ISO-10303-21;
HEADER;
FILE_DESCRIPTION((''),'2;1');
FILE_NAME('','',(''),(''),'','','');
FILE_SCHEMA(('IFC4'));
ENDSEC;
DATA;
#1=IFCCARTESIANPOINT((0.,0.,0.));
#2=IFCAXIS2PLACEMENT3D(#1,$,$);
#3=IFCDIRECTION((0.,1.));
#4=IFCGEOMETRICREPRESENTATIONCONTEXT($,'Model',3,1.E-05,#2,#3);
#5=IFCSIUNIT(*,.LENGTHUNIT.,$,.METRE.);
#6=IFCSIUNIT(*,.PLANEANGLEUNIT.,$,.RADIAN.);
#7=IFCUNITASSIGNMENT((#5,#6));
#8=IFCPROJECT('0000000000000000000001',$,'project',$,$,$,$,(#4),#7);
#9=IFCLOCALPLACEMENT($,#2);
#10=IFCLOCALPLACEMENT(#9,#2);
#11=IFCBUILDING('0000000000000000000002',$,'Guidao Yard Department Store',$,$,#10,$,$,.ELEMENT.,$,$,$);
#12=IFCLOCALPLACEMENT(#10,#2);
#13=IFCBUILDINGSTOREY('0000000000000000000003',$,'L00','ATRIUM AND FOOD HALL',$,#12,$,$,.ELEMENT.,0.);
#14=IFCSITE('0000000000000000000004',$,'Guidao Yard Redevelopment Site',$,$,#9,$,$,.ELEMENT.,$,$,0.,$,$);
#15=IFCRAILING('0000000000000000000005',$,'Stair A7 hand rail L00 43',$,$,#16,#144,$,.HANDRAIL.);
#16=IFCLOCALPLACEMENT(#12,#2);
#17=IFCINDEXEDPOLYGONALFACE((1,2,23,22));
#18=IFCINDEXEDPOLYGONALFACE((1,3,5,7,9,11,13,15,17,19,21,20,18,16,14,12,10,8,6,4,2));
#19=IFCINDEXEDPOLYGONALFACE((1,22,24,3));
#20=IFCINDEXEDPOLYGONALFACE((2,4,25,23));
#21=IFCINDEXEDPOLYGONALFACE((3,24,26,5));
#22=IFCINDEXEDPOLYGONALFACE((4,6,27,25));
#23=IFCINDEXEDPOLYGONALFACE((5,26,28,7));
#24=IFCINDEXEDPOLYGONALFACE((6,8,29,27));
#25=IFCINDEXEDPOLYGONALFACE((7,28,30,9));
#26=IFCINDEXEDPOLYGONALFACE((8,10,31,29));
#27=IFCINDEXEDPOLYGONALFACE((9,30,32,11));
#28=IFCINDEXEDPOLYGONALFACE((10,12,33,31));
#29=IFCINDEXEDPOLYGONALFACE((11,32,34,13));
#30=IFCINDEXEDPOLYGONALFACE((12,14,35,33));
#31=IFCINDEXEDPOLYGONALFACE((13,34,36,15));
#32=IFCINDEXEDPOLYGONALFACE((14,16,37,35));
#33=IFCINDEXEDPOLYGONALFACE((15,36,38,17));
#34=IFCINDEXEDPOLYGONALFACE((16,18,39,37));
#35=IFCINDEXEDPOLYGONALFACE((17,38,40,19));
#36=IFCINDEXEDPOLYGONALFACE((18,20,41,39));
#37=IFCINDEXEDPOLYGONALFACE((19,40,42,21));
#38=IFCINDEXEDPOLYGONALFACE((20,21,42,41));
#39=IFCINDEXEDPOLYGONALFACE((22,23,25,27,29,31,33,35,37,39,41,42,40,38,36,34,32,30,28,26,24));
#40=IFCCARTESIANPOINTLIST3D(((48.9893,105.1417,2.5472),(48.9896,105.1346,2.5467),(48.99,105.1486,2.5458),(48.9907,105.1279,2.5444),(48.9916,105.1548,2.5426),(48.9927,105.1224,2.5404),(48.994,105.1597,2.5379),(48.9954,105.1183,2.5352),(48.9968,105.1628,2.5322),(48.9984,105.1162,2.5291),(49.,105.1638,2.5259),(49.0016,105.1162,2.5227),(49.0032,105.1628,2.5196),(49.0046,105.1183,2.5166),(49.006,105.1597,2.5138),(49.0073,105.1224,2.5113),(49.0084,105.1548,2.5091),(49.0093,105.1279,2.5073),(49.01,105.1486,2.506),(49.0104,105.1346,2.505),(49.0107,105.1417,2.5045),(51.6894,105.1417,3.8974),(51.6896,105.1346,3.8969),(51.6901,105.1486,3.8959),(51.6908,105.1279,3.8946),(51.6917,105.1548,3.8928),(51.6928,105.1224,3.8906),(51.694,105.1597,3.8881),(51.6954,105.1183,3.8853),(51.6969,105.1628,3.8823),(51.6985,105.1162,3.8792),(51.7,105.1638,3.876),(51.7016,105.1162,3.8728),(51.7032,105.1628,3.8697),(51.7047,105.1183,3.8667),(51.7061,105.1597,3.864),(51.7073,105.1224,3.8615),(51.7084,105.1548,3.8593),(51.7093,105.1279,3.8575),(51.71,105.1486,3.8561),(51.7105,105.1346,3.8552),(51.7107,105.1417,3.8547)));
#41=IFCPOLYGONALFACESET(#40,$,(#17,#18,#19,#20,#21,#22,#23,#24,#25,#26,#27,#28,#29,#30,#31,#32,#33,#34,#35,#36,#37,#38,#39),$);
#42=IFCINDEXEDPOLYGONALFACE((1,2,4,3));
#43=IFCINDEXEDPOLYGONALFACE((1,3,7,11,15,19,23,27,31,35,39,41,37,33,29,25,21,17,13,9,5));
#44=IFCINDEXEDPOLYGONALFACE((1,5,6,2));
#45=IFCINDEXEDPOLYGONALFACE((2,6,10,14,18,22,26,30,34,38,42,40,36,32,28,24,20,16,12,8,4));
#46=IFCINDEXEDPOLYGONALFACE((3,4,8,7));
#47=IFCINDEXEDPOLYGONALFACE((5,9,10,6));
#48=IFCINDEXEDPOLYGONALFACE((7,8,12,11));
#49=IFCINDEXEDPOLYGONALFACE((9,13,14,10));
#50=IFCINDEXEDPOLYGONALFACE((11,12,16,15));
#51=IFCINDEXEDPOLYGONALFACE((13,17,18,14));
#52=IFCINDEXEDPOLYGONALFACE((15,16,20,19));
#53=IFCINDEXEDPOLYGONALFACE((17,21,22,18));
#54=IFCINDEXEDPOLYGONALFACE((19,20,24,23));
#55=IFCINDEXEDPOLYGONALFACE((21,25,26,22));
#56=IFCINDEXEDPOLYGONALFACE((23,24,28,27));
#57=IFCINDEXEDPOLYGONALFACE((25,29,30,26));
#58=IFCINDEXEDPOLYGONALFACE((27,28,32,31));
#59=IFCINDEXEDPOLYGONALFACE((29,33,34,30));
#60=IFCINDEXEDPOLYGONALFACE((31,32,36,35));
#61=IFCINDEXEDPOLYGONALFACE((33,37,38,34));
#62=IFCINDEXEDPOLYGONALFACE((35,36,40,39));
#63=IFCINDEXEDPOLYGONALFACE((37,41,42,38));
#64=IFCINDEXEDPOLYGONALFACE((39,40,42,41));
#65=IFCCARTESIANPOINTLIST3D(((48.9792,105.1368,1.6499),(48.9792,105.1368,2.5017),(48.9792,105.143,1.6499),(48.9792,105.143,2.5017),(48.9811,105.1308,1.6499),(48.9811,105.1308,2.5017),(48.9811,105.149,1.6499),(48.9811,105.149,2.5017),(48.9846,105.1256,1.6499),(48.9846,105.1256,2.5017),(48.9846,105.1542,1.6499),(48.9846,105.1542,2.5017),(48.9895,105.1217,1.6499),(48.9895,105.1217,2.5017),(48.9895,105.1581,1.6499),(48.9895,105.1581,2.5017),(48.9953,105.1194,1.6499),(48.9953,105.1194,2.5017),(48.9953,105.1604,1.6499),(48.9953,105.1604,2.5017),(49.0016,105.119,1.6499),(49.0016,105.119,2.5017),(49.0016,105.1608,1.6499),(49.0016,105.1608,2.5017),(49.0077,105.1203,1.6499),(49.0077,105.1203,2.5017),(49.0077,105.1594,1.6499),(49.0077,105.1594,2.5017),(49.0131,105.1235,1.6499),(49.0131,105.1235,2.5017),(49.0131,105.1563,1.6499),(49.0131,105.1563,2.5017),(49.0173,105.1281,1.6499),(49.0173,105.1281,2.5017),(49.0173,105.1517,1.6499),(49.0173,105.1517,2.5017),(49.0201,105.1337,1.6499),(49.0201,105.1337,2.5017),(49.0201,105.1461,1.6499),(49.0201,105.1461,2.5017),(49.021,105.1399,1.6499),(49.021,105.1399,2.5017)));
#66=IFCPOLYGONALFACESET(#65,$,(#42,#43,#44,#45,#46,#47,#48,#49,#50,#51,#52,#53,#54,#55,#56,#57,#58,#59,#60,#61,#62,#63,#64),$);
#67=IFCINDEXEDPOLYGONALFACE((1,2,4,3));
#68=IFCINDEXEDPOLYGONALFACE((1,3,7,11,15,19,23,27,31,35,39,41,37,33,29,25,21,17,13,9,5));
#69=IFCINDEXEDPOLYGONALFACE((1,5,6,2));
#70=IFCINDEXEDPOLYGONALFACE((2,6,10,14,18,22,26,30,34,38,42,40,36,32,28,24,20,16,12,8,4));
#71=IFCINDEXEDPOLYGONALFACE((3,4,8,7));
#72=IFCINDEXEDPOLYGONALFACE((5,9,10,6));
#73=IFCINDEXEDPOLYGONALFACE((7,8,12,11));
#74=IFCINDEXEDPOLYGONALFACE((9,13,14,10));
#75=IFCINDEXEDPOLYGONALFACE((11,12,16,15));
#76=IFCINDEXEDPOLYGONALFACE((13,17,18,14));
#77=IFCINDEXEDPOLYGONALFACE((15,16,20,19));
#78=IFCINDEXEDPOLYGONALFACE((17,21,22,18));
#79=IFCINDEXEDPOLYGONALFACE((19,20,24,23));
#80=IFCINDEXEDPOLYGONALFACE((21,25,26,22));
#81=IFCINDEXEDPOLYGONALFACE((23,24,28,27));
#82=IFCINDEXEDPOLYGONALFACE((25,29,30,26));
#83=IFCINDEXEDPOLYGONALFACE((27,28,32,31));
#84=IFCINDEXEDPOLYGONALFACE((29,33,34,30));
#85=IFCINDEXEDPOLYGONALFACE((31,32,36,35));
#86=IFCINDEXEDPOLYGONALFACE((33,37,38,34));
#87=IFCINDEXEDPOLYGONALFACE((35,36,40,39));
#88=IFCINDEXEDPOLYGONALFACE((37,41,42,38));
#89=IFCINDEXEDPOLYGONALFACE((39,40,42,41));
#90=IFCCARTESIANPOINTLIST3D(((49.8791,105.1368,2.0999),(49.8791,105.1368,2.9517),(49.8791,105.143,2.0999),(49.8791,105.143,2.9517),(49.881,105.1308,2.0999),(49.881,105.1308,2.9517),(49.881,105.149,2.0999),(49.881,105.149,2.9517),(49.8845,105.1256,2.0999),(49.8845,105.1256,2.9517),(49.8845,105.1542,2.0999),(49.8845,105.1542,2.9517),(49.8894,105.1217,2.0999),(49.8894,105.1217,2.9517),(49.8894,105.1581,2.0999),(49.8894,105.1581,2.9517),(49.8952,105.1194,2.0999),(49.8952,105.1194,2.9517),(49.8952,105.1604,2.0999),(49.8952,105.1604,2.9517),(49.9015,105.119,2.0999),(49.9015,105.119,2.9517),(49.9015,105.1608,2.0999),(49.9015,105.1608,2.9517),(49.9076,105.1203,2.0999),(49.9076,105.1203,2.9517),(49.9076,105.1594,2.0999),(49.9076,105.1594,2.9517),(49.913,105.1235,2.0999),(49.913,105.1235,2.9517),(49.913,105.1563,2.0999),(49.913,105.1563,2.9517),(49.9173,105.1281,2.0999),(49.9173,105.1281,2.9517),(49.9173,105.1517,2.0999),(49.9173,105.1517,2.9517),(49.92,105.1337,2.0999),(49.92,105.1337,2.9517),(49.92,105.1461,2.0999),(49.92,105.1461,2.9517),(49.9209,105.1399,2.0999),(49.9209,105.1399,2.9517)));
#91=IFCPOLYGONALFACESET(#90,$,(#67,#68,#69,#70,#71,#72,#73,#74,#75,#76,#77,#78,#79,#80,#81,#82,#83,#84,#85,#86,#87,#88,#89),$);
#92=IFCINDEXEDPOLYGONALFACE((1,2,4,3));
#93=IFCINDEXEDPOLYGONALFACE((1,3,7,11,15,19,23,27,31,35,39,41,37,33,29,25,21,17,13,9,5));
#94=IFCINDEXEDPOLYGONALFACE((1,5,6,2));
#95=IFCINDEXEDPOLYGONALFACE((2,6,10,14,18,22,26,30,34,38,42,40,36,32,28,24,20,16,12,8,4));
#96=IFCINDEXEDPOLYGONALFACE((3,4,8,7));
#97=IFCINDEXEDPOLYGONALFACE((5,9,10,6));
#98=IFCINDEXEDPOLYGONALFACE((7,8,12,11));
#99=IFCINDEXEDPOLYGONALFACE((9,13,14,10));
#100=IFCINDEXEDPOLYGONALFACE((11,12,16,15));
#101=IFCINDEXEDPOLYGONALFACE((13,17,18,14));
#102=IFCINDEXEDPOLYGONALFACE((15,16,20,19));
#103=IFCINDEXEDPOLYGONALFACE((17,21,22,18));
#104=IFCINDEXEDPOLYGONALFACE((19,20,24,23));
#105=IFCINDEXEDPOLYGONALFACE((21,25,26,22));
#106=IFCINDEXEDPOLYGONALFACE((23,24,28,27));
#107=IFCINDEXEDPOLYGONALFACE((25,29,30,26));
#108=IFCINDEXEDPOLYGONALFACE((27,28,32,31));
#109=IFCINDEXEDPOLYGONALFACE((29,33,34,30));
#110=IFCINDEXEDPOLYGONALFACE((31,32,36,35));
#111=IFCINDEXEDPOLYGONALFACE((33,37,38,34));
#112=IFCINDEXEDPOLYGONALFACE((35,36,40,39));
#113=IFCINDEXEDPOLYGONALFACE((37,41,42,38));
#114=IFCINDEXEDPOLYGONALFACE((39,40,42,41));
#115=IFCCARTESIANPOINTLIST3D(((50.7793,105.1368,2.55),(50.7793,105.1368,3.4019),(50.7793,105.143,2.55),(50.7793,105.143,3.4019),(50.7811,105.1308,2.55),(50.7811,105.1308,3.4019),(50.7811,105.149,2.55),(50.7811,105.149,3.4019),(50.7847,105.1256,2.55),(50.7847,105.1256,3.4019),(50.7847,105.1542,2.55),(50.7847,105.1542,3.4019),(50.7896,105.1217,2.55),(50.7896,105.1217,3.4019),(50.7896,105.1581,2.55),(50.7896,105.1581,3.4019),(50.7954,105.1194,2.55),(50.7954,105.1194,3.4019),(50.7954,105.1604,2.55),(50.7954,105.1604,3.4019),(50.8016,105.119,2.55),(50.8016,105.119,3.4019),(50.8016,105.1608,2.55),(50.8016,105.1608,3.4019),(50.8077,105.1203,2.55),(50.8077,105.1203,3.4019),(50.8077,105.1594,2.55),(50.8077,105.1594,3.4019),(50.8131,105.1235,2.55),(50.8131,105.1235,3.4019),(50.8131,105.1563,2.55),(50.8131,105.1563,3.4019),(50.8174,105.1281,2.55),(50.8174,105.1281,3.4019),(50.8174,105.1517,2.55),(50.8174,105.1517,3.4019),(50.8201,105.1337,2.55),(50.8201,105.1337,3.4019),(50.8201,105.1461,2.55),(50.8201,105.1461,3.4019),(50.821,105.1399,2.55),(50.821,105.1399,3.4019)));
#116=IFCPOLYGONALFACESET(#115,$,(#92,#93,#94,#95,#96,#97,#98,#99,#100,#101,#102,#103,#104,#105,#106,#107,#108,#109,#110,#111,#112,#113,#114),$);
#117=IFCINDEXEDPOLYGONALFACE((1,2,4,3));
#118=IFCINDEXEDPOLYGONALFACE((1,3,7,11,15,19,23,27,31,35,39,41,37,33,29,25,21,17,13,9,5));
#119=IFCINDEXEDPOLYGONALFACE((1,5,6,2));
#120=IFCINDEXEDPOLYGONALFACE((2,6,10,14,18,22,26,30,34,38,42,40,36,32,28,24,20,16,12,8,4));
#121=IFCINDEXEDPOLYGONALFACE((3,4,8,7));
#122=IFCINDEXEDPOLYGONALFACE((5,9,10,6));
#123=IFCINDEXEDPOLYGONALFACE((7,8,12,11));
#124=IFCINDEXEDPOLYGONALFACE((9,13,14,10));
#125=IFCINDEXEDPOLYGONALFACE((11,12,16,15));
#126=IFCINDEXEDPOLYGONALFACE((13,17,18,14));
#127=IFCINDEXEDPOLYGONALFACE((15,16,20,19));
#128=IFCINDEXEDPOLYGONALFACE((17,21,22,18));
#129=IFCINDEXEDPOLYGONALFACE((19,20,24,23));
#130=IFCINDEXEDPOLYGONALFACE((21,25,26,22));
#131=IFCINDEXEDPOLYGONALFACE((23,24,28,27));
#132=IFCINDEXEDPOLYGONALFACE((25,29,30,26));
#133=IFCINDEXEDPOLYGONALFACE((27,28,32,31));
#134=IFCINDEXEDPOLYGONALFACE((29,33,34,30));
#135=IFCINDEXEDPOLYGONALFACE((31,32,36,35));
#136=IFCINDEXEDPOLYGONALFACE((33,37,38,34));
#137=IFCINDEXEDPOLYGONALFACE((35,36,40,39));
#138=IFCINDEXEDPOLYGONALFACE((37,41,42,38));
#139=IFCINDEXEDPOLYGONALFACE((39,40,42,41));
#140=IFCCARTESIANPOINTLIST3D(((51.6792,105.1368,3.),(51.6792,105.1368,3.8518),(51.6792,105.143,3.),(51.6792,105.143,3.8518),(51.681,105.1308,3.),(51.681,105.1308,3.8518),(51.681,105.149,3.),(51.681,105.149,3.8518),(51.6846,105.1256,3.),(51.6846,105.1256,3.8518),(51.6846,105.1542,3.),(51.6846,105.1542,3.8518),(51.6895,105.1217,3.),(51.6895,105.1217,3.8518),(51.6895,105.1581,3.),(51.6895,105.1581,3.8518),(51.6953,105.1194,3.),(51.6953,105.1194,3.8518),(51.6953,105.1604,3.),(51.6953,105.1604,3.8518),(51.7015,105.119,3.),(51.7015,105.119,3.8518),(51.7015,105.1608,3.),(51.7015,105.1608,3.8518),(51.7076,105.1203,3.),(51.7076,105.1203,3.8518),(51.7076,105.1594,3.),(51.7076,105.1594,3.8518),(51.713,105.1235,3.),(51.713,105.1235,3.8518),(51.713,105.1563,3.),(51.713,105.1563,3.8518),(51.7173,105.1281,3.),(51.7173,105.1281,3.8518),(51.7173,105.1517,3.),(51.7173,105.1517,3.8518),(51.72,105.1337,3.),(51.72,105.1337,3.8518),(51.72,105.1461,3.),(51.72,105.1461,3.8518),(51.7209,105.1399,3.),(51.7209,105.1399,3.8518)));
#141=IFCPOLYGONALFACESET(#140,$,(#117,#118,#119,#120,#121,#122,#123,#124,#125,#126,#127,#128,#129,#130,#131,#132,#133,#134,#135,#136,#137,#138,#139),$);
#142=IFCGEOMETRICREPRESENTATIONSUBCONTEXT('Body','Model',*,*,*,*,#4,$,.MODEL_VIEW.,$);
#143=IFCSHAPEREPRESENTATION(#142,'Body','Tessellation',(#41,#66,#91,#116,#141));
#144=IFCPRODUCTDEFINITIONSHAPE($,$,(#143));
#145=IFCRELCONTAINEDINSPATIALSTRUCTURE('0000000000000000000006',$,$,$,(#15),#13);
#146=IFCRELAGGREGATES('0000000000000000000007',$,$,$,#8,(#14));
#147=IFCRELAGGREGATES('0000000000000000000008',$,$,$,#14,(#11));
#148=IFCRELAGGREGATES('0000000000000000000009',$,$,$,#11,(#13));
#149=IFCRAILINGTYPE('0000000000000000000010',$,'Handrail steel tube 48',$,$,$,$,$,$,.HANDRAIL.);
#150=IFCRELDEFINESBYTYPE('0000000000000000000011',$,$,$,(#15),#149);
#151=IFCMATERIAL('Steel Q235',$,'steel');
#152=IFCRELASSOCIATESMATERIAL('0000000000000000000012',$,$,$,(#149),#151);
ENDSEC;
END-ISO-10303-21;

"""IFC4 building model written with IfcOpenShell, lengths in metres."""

from ifc_helpers import new_model, si_unit, direction, frame, origin, origin_2d, place, context, subcontext, project, spatial, circle, extrude, material, type_object, element, save


model = new_model("IFC4")

# Units and contexts
model_context = context("Model", 3, precision=1e-05, world=origin(), true_north=direction((0.0, 1.0)))
body_context = subcontext(model_context, "Body", "Model", "MODEL_VIEW")
ifc_project = project(units=[si_unit("LENGTHUNIT", "METRE"), si_unit("PLANEANGLEUNIT", "RADIAN")], contexts=[model_context])

# Site, building, storey
site_placement = place(None, origin())
site = spatial("IfcSite", under=ifc_project, at=site_placement, Name="Guidao Yard Redevelopment Site", CompositionType="ELEMENT", RefElevation=0.0)
building_placement = place(site_placement, origin())
building = spatial("IfcBuilding", under=site, at=building_placement, Name="Guidao Yard Department Store", CompositionType="ELEMENT")
storey_placement = place(building_placement, origin())
storey = spatial("IfcBuildingStorey", under=building, at=storey_placement, Name="L00", Description="ATRIUM AND FOOD HALL", CompositionType="ELEMENT", Elevation=0.0)

# Railing
ifc_material_1 = material(Name="Steel Q235", Category="steel")
railing_type_1 = type_object("IfcRailingType", Name="Handrail steel tube 48", PredefinedType="HANDRAIL", material=ifc_material_1)
for number, where, name in (
    (1, (49.0, 105.1399, 1.6499), "Stair A7 hand rail L00 43"),
):
    element("IfcRailing", number, at=place(storey_placement, frame(where)), inside=storey, type_object=railing_type_1, Name=name, PredefinedType="HANDRAIL", context=body_context, shape_type="SweptSolid", body=[
        extrude(circle(Radius=0.0239, at=origin_2d()), frame((0.0, 0.0, 0.876), z_axis=(0.894411, 0.0, 0.447246), x_axis=(0.0, 1.0, 0.0)), (0.0, 0.0, 1.0), 3.0188),
        extrude(circle(Radius=0.021, at=origin_2d()), origin(), (0.0, 0.0, 1.0), 0.8518),
        extrude(circle(Radius=0.021, at=origin_2d()), frame((0.8999, 0.0, 0.45)), (0.0, 0.0, 1.0), 0.8518),
        extrude(circle(Radius=0.021, at=origin_2d()), frame((1.8, 0.0, 0.9001)), (0.0, 0.0, 1.0), 0.8518),
        extrude(circle(Radius=0.021, at=origin_2d()), frame((2.7, 0.0, 1.3501)), (0.0, 0.0, 1.0), 0.8518),
    ])

save(model, "model.ifc")
